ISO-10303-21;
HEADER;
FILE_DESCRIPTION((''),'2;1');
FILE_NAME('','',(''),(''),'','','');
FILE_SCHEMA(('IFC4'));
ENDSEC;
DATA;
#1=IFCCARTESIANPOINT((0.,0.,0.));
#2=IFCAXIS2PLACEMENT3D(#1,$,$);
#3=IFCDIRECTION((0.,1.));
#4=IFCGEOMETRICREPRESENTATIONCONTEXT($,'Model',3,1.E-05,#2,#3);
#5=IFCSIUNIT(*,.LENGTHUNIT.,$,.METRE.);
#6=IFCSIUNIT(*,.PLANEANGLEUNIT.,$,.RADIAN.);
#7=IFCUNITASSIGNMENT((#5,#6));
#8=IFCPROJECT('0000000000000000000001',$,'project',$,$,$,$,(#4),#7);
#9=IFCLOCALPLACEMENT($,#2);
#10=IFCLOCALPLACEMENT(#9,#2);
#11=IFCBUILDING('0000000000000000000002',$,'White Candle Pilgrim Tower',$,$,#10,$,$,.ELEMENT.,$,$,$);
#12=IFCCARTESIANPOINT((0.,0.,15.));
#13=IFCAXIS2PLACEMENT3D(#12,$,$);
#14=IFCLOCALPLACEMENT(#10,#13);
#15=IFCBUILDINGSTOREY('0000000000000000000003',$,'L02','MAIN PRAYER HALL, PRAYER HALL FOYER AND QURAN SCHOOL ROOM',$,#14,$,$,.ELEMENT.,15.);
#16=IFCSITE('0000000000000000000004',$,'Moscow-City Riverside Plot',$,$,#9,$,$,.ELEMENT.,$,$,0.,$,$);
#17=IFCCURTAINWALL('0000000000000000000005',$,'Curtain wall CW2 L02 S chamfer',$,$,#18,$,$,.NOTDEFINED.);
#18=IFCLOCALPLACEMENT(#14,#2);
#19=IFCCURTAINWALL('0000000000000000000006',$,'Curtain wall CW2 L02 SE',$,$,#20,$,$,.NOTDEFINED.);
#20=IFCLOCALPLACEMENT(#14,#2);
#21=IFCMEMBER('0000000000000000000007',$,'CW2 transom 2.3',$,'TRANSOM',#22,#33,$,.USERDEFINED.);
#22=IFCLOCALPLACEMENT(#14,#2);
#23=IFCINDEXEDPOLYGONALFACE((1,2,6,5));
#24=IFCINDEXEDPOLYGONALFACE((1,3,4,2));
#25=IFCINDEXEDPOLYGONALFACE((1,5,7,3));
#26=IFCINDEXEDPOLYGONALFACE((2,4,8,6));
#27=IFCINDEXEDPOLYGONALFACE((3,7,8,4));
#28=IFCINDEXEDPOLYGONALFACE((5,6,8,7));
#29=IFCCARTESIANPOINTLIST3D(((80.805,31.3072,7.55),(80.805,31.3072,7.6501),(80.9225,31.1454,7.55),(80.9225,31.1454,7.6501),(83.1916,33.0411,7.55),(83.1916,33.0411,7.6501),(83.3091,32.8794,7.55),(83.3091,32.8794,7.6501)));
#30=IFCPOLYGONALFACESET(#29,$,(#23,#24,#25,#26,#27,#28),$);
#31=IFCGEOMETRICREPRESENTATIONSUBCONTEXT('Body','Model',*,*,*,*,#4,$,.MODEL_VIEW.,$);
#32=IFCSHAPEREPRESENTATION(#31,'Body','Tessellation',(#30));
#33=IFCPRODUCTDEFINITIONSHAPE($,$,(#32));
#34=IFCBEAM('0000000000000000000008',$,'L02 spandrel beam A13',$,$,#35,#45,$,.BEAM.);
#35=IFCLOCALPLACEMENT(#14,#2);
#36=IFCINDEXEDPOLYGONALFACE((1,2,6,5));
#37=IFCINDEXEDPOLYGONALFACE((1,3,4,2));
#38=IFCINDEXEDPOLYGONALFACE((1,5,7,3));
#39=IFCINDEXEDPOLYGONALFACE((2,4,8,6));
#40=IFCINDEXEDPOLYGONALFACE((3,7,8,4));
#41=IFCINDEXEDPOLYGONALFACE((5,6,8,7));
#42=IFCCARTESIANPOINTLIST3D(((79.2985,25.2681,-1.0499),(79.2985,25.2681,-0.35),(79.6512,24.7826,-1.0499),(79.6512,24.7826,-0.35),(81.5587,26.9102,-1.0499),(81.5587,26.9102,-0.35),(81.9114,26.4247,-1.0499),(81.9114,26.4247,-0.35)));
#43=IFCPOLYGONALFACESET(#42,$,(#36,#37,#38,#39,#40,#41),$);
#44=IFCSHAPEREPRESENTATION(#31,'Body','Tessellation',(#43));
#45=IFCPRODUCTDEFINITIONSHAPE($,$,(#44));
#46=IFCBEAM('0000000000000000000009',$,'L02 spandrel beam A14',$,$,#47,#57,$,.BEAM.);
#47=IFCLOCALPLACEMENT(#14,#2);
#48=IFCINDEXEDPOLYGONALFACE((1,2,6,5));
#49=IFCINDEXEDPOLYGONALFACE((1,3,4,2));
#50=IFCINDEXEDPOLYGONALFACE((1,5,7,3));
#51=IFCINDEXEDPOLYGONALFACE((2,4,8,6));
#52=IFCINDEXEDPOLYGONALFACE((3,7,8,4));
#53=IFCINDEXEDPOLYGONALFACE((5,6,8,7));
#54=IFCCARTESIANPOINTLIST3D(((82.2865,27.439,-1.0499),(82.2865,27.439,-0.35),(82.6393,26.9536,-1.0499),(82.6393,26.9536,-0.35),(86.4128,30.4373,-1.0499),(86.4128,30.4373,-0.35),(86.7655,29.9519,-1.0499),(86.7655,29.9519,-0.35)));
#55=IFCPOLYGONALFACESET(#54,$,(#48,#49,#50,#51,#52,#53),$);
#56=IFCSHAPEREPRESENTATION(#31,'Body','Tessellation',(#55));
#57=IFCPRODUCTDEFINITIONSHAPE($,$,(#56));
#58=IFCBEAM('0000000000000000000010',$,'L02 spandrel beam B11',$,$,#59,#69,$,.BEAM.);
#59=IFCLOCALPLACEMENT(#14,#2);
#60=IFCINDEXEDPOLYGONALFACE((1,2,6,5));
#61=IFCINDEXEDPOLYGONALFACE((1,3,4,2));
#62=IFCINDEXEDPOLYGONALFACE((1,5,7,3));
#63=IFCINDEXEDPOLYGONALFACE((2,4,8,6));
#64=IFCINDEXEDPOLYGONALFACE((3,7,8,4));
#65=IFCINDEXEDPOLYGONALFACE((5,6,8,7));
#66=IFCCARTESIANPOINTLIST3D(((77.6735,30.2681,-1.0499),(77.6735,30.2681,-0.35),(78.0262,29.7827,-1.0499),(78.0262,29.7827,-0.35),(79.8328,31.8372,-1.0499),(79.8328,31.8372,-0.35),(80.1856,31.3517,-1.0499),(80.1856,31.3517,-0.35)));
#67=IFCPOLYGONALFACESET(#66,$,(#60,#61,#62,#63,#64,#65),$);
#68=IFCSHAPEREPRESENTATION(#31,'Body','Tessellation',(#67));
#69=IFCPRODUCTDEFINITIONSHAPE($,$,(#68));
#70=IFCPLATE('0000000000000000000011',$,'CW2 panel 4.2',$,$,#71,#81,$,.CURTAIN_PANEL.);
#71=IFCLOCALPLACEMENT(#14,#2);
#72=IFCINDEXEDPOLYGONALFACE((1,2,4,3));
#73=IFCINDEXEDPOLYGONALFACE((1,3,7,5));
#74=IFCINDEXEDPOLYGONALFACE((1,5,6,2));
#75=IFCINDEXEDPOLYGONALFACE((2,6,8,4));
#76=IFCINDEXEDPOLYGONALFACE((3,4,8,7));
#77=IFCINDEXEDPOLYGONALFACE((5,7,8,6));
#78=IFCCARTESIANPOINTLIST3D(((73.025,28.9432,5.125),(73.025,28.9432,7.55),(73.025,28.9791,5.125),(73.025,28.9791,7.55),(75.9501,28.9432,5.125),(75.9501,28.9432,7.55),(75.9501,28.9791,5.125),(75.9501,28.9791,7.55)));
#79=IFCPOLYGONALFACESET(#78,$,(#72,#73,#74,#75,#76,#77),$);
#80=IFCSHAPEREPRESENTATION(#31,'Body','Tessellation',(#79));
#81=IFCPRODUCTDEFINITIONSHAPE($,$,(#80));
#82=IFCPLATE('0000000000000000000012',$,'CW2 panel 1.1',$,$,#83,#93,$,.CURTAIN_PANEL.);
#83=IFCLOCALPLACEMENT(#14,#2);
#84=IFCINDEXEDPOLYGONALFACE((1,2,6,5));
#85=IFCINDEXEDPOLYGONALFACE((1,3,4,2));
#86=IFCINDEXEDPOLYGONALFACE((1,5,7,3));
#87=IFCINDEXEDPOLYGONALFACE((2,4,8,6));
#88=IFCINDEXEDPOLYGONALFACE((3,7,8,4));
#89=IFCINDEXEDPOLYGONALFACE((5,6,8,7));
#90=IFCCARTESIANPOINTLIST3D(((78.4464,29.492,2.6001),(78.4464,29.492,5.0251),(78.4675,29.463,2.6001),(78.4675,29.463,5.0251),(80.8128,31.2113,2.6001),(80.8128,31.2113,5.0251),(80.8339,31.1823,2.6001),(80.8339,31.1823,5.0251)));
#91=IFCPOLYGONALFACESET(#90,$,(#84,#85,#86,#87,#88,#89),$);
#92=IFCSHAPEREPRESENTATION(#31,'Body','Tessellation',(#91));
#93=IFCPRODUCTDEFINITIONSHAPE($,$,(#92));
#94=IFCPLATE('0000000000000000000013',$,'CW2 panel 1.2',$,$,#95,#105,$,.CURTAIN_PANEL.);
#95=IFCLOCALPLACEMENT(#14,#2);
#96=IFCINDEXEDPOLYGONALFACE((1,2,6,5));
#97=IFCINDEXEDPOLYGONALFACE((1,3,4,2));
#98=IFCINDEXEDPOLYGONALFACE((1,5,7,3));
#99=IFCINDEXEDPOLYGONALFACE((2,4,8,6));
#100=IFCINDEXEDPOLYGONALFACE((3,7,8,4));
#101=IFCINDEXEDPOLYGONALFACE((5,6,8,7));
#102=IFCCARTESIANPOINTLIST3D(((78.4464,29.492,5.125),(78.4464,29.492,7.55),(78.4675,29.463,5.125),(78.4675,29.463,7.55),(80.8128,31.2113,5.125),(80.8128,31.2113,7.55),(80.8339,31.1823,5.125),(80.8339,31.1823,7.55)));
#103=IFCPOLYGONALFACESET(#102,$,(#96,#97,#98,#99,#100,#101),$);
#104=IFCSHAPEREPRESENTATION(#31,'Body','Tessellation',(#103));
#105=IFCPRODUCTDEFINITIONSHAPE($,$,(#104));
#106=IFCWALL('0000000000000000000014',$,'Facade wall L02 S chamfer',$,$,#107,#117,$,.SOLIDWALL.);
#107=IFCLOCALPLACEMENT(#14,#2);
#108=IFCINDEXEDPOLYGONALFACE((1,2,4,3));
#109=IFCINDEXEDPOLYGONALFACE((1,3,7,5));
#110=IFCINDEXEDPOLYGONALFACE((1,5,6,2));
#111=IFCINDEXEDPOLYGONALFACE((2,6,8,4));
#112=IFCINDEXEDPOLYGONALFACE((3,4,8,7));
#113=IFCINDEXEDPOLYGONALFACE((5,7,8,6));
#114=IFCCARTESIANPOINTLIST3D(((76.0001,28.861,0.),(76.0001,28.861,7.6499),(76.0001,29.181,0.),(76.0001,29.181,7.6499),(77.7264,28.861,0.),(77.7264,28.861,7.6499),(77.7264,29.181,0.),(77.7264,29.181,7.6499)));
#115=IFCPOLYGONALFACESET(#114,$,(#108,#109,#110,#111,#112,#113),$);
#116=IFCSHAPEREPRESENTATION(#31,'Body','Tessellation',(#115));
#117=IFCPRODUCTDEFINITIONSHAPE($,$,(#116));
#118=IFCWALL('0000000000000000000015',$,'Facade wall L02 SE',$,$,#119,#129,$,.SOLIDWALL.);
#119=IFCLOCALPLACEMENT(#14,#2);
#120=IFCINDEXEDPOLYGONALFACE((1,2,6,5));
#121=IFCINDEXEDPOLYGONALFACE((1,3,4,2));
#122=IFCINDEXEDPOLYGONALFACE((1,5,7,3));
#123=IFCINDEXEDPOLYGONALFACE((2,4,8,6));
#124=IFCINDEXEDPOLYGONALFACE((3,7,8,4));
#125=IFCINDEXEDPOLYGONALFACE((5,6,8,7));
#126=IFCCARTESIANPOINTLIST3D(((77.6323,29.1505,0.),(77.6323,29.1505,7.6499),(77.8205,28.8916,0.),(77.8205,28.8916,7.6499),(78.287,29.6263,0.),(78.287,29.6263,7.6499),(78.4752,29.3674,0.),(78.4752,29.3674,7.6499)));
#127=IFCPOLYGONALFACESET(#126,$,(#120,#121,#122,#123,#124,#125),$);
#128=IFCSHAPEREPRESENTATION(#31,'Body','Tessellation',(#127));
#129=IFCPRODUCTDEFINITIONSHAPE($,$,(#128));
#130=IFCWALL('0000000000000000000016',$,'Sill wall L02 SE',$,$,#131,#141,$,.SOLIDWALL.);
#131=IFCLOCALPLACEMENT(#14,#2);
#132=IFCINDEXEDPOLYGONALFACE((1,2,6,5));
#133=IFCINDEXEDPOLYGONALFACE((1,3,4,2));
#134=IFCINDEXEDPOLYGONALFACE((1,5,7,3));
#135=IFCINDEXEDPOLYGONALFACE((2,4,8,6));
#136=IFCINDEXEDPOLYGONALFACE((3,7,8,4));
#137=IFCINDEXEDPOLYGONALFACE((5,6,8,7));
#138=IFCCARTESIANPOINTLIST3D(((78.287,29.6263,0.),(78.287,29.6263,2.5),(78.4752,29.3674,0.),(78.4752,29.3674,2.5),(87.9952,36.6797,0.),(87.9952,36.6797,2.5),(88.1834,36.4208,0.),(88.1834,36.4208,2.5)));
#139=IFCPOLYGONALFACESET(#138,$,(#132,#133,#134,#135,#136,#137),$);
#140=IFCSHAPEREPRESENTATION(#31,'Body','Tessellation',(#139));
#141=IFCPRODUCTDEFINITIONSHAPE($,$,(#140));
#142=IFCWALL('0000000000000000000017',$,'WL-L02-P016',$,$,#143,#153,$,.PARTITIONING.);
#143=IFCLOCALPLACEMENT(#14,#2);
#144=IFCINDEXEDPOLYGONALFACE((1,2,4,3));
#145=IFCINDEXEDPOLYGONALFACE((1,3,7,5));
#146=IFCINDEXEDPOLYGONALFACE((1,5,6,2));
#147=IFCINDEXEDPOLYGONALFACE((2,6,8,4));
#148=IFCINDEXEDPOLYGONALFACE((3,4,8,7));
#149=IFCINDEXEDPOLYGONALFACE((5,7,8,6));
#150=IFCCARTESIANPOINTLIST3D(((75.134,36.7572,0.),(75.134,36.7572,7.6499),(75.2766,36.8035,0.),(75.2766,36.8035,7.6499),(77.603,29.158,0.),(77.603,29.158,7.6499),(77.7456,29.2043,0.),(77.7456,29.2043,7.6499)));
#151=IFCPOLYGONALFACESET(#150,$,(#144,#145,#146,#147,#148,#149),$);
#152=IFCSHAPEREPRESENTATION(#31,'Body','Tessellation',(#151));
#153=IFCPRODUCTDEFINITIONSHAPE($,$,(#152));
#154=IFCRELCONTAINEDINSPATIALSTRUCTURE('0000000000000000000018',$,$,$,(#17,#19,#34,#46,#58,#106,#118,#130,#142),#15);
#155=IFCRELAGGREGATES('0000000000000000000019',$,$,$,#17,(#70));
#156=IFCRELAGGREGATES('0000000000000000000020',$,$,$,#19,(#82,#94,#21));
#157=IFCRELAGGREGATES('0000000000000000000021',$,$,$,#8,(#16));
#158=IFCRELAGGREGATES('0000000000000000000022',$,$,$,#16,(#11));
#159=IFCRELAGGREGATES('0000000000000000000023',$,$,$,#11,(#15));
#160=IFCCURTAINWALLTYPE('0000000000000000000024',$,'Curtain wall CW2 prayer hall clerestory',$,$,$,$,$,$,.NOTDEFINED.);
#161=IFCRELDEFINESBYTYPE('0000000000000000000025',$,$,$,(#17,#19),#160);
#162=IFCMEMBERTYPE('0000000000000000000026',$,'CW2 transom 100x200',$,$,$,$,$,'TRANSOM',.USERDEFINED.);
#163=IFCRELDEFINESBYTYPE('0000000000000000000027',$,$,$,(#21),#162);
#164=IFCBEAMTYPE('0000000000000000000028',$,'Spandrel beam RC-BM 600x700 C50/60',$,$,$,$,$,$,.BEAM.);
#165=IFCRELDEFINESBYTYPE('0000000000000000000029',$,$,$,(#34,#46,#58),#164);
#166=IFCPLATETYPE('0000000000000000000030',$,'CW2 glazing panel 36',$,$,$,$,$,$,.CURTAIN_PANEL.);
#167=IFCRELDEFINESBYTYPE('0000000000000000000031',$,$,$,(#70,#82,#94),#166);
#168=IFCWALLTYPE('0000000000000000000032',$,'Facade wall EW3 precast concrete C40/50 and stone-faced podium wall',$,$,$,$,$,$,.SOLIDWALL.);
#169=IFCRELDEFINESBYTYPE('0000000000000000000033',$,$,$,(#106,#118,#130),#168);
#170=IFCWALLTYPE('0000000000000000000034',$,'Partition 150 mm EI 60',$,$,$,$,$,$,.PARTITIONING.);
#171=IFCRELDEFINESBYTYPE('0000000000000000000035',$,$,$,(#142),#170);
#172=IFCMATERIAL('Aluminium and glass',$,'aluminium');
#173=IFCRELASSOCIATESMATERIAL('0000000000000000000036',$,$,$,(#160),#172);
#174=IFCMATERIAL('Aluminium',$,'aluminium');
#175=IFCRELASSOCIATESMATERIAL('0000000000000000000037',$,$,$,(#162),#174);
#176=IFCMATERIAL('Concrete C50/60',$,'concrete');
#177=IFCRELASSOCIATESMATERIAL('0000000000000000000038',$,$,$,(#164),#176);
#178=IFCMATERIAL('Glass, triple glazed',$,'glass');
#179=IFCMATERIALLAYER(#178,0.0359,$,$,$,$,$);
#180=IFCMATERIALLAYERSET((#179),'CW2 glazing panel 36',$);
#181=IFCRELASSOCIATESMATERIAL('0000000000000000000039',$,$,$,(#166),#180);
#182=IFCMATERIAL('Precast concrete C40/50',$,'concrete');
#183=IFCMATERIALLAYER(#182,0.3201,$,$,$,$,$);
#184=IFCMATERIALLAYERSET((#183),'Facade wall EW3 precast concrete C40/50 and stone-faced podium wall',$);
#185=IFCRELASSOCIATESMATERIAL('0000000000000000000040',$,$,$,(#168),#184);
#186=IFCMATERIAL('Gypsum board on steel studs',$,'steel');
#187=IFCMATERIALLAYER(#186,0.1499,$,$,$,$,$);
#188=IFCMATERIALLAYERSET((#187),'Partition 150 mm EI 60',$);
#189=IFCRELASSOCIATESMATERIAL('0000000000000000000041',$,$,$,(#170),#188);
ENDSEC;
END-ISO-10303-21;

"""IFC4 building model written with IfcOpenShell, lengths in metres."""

from ifc_helpers import new_model, si_unit, direction, frame, frame_2d, origin, origin_2d, place, context, subcontext, project, spatial, rectangle, extrude, material, layer, layer_set, material_profile, profile_set, type_object, element, aggregate, save


model = new_model("IFC4")

# Units and contexts
model_context = context("Model", 3, precision=1e-05, world=origin(), true_north=direction((0.0, 1.0)))
body_context = subcontext(model_context, "Body", "Model", "MODEL_VIEW")
ifc_project = project(units=[si_unit("LENGTHUNIT", "METRE"), si_unit("PLANEANGLEUNIT", "RADIAN")], contexts=[model_context])

# Site, building, storey
site_placement = place(None, origin())
site = spatial("IfcSite", under=ifc_project, at=site_placement, Name="Moscow-City Riverside Plot", CompositionType="ELEMENT", RefElevation=0.0)
building_placement = place(site_placement, origin())
building = spatial("IfcBuilding", under=site, at=building_placement, Name="White Candle Pilgrim Tower", CompositionType="ELEMENT")
storey_placement = place(building_placement, frame((0.0, 0.0, 15.0)))
storey = spatial("IfcBuildingStorey", under=building, at=storey_placement, Name="L02", Description="MAIN PRAYER HALL, PRAYER HALL FOYER AND QURAN SCHOOL ROOM", CompositionType="ELEMENT", Elevation=15.0)

# Curtain wall
ifc_material_1 = material(Name="Aluminium and glass", Category="aluminium")
curtain_wall_type = type_object("IfcCurtainWallType", Name="Curtain wall CW2 prayer hall clerestory", PredefinedType="NOTDEFINED", material=ifc_material_1)
curtain_wall_1_placement = place(storey_placement, origin())
curtain_wall_1 = element("IfcCurtainWall", 1, at=curtain_wall_1_placement, inside=storey, type_object=curtain_wall_type, Name="Curtain wall CW2 L02 S chamfer", PredefinedType="NOTDEFINED")
ifc_material_2 = material(Name="Aluminium", Category="aluminium")

# Curtain wall, member
curtain_wall_2_placement = place(storey_placement, origin())
curtain_wall_2 = element("IfcCurtainWall", 2, at=curtain_wall_2_placement, inside=storey, type_object=curtain_wall_type, Name="Curtain wall CW2 L02 SE", PredefinedType="NOTDEFINED")
ifc_material_profile_1 = material_profile(ifc_material_2, rectangle(XDim=0.2, YDim=0.1001, at=origin_2d()), Name="CW2 transom 100x200")
ifc_profile_set_1 = profile_set([ifc_material_profile_1], Name="Aluminium")
member_type_1 = type_object("IfcMemberType", Name="CW2 transom 100x200", ElementType="TRANSOM", PredefinedType="USERDEFINED", material=ifc_profile_set_1)
member_1_placement = place(storey_placement, frame((80.8638, 31.2263, 7.6001), z_axis=(0.809015, 0.587788, 0.0), x_axis=(-0.587788, 0.809015, 0.0)))
member_1 = element("IfcMember", 3, at=member_1_placement, type_object=member_type_1, Name="CW2 transom 2.3", ObjectType="TRANSOM", PredefinedType="USERDEFINED", context=body_context, shape_type="SweptSolid", body=[
    extrude(rectangle(XDim=0.2, YDim=0.1001, at=origin_2d()), origin(), (0.0, 0.0, 1.0), 2.95),
])

# Beams
ifc_material_3 = material(Name="Concrete C50/60", Category="concrete")
ifc_material_profile_2 = material_profile(ifc_material_3, rectangle(XDim=0.6001, YDim=0.7, at=origin_2d()), Name="RC-BM 600x700")
ifc_profile_set_2 = profile_set([ifc_material_profile_2], Name="Concrete C50/60")
beam_type = type_object("IfcBeamType", Name="Spandrel beam RC-BM 600x700 C50/60", PredefinedType="BEAM", material=ifc_profile_set_2)
beam_1_placement = place(storey_placement, frame((79.4749, 25.0254, -0.7), z_axis=(0.809031, 0.587766, 0.0), x_axis=(-0.587766, 0.809031, 0.0)))
element("IfcBeam", 4, at=beam_1_placement, inside=storey, type_object=beam_type, Name="L02 spandrel beam A13", PredefinedType="BEAM", context=body_context, shape_type="SweptSolid", body=[
    extrude(rectangle(XDim=0.6001, YDim=0.7, at=origin_2d()), origin(), (0.0, 0.0, 1.0), 2.7937),
])
beam_2_placement = place(storey_placement, frame((82.4629, 27.1963, -0.7), z_axis=(0.808978, 0.587839, 0.0), x_axis=(-0.587839, 0.808978, 0.0)))
element("IfcBeam", 5, at=beam_2_placement, inside=storey, type_object=beam_type, Name="L02 spandrel beam A14", PredefinedType="BEAM", context=body_context, shape_type="SweptSolid", body=[
    extrude(rectangle(XDim=0.6001, YDim=0.7, at=origin_2d()), origin(), (0.0, 0.0, 1.0), 5.1006),
])
beam_3_placement = place(storey_placement, frame((77.8499, 30.0254, -0.7), z_axis=(0.808985, 0.587829, 0.0), x_axis=(-0.587829, 0.808985, 0.0)))
element("IfcBeam", 6, at=beam_3_placement, inside=storey, type_object=beam_type, Name="L02 spandrel beam B11", PredefinedType="BEAM", context=body_context, shape_type="SweptSolid", body=[
    extrude(rectangle(XDim=0.6001, YDim=0.7, at=origin_2d()), origin(), (0.0, 0.0, 1.0), 2.6692),
])

# Plates
ifc_material_4 = material(Name="Glass, triple glazed", Category="glass")
ifc_layer_1 = layer(ifc_material_4, 0.0359)
ifc_layer_set_1 = layer_set([ifc_layer_1], Name="CW2 glazing panel 36")
plate_type = type_object("IfcPlateType", Name="CW2 glazing panel 36", PredefinedType="CURTAIN_PANEL", material=ifc_layer_set_1)
plate_1_placement = place(storey_placement, frame((74.4875, 28.9612, 5.125), z_axis=(0.0, 0.0, 1.0), x_axis=(1.0, 0.0, 0.0)))
plate_1 = element("IfcPlate", 7, at=plate_1_placement, type_object=plate_type, Name="CW2 panel 4.2", PredefinedType="CURTAIN_PANEL", context=body_context, shape_type="SweptSolid", body=[
    extrude(rectangle(XDim=2.925, YDim=0.0359, at=origin_2d()), origin(), (0.0, 0.0, 1.0), 2.425),
])
aggregate(curtain_wall_1, [plate_1])
plate_2_placement = place(storey_placement, frame((79.6401, 30.3372, 2.6001), z_axis=(0.0, 0.0, 1.0), x_axis=(0.809017, 0.587785, 0.0)))
plate_2 = element("IfcPlate", 8, at=plate_2_placement, type_object=plate_type, Name="CW2 panel 1.1", PredefinedType="CURTAIN_PANEL", context=body_context, shape_type="SweptSolid", body=[
    extrude(rectangle(XDim=2.925, YDim=0.0359, at=origin_2d()), origin(), (0.0, 0.0, 1.0), 2.425),
])
plate_3_placement = place(storey_placement, frame((79.6401, 30.3372, 5.125), z_axis=(0.0, 0.0, 1.0), x_axis=(0.809017, 0.587785, 0.0)))
plate_3 = element("IfcPlate", 9, at=plate_3_placement, type_object=plate_type, Name="CW2 panel 1.2", PredefinedType="CURTAIN_PANEL", context=body_context, shape_type="SweptSolid", body=[
    extrude(rectangle(XDim=2.925, YDim=0.0359, at=origin_2d()), origin(), (0.0, 0.0, 1.0), 2.425),
])
aggregate(curtain_wall_2, [plate_2, plate_3, member_1])

# Walls
ifc_material_5 = material(Name="Precast concrete C40/50", Category="concrete")
ifc_layer_2 = layer(ifc_material_5, 0.3201)
ifc_layer_set_2 = layer_set([ifc_layer_2], Name="Facade wall EW3 precast concrete C40/50 and stone-faced podium wall")
wall_type_1 = type_object("IfcWallType", Name="Facade wall EW3 precast concrete C40/50 and stone-faced podium wall", PredefinedType="SOLIDWALL", material=ifc_layer_set_2)
wall_1_placement = place(storey_placement, frame((76.0, 29.021, 0.0), z_axis=(0.0, 0.0, 1.0), x_axis=(1.0, 0.0, 0.0)))
element("IfcWall", 10, at=wall_1_placement, inside=storey, type_object=wall_type_1, Name="Facade wall L02 S chamfer", PredefinedType="SOLIDWALL", context=body_context, shape_type="SweptSolid", body=[
    extrude(rectangle(XDim=1.7263, YDim=0.3201, at=frame_2d((0.8633, 0.0))), origin(), (0.0, 0.0, 1.0), 7.6499),
])
wall_2_placement = place(storey_placement, frame((77.7263, 29.021, 0.0), z_axis=(0.0, 0.0, 1.0), x_axis=(0.808958, 0.587867, 0.0)))
element("IfcWall", 11, at=wall_2_placement, inside=storey, type_object=wall_type_1, Name="Facade wall L02 SE", PredefinedType="SOLIDWALL", context=body_context, shape_type="SweptSolid", body=[
    extrude(rectangle(XDim=0.8093, YDim=0.3201, at=frame_2d((0.4048, 0.0))), origin(), (0.0, 0.0, 1.0), 7.6499),
])
wall_3_placement = place(storey_placement, frame((78.3811, 29.4968, 0.0), z_axis=(0.0, 0.0, 1.0), x_axis=(0.809017, 0.587786, 0.0)))
element("IfcWall", 12, at=wall_3_placement, inside=storey, type_object=wall_type_1, Name="Sill wall L02 SE", PredefinedType="SOLIDWALL", context=body_context, shape_type="SweptSolid", body=[
    extrude(rectangle(XDim=12.0, YDim=0.3201, at=frame_2d((6.0, 0.0))), origin(), (0.0, 0.0, 1.0), 2.5),
])
ifc_material_6 = material(Name="Gypsum board on steel studs", Category="steel")
ifc_layer_3 = layer(ifc_material_6, 0.1499)
ifc_layer_set_3 = layer_set([ifc_layer_3], Name="Partition 150 mm EI 60")
wall_type_2 = type_object("IfcWallType", Name="Partition 150 mm EI 60", PredefinedType="PARTITIONING", material=ifc_layer_set_3)
wall_4_placement = place(storey_placement, frame((77.6743, 29.1812, 0.0), z_axis=(0.0, 0.0, 1.0), x_axis=(-0.309005, 0.951061, 0.0)))
element("IfcWall", 13, at=wall_4_placement, inside=storey, type_object=wall_type_2, Name="WL-L02-P016", PredefinedType="PARTITIONING", context=body_context, shape_type="SweptSolid", body=[
    extrude(rectangle(XDim=7.9902, YDim=0.1499, at=frame_2d((3.9951, 0.0))), origin(), (0.0, 0.0, 1.0), 7.6499),
])

save(model, "model.ifc")
